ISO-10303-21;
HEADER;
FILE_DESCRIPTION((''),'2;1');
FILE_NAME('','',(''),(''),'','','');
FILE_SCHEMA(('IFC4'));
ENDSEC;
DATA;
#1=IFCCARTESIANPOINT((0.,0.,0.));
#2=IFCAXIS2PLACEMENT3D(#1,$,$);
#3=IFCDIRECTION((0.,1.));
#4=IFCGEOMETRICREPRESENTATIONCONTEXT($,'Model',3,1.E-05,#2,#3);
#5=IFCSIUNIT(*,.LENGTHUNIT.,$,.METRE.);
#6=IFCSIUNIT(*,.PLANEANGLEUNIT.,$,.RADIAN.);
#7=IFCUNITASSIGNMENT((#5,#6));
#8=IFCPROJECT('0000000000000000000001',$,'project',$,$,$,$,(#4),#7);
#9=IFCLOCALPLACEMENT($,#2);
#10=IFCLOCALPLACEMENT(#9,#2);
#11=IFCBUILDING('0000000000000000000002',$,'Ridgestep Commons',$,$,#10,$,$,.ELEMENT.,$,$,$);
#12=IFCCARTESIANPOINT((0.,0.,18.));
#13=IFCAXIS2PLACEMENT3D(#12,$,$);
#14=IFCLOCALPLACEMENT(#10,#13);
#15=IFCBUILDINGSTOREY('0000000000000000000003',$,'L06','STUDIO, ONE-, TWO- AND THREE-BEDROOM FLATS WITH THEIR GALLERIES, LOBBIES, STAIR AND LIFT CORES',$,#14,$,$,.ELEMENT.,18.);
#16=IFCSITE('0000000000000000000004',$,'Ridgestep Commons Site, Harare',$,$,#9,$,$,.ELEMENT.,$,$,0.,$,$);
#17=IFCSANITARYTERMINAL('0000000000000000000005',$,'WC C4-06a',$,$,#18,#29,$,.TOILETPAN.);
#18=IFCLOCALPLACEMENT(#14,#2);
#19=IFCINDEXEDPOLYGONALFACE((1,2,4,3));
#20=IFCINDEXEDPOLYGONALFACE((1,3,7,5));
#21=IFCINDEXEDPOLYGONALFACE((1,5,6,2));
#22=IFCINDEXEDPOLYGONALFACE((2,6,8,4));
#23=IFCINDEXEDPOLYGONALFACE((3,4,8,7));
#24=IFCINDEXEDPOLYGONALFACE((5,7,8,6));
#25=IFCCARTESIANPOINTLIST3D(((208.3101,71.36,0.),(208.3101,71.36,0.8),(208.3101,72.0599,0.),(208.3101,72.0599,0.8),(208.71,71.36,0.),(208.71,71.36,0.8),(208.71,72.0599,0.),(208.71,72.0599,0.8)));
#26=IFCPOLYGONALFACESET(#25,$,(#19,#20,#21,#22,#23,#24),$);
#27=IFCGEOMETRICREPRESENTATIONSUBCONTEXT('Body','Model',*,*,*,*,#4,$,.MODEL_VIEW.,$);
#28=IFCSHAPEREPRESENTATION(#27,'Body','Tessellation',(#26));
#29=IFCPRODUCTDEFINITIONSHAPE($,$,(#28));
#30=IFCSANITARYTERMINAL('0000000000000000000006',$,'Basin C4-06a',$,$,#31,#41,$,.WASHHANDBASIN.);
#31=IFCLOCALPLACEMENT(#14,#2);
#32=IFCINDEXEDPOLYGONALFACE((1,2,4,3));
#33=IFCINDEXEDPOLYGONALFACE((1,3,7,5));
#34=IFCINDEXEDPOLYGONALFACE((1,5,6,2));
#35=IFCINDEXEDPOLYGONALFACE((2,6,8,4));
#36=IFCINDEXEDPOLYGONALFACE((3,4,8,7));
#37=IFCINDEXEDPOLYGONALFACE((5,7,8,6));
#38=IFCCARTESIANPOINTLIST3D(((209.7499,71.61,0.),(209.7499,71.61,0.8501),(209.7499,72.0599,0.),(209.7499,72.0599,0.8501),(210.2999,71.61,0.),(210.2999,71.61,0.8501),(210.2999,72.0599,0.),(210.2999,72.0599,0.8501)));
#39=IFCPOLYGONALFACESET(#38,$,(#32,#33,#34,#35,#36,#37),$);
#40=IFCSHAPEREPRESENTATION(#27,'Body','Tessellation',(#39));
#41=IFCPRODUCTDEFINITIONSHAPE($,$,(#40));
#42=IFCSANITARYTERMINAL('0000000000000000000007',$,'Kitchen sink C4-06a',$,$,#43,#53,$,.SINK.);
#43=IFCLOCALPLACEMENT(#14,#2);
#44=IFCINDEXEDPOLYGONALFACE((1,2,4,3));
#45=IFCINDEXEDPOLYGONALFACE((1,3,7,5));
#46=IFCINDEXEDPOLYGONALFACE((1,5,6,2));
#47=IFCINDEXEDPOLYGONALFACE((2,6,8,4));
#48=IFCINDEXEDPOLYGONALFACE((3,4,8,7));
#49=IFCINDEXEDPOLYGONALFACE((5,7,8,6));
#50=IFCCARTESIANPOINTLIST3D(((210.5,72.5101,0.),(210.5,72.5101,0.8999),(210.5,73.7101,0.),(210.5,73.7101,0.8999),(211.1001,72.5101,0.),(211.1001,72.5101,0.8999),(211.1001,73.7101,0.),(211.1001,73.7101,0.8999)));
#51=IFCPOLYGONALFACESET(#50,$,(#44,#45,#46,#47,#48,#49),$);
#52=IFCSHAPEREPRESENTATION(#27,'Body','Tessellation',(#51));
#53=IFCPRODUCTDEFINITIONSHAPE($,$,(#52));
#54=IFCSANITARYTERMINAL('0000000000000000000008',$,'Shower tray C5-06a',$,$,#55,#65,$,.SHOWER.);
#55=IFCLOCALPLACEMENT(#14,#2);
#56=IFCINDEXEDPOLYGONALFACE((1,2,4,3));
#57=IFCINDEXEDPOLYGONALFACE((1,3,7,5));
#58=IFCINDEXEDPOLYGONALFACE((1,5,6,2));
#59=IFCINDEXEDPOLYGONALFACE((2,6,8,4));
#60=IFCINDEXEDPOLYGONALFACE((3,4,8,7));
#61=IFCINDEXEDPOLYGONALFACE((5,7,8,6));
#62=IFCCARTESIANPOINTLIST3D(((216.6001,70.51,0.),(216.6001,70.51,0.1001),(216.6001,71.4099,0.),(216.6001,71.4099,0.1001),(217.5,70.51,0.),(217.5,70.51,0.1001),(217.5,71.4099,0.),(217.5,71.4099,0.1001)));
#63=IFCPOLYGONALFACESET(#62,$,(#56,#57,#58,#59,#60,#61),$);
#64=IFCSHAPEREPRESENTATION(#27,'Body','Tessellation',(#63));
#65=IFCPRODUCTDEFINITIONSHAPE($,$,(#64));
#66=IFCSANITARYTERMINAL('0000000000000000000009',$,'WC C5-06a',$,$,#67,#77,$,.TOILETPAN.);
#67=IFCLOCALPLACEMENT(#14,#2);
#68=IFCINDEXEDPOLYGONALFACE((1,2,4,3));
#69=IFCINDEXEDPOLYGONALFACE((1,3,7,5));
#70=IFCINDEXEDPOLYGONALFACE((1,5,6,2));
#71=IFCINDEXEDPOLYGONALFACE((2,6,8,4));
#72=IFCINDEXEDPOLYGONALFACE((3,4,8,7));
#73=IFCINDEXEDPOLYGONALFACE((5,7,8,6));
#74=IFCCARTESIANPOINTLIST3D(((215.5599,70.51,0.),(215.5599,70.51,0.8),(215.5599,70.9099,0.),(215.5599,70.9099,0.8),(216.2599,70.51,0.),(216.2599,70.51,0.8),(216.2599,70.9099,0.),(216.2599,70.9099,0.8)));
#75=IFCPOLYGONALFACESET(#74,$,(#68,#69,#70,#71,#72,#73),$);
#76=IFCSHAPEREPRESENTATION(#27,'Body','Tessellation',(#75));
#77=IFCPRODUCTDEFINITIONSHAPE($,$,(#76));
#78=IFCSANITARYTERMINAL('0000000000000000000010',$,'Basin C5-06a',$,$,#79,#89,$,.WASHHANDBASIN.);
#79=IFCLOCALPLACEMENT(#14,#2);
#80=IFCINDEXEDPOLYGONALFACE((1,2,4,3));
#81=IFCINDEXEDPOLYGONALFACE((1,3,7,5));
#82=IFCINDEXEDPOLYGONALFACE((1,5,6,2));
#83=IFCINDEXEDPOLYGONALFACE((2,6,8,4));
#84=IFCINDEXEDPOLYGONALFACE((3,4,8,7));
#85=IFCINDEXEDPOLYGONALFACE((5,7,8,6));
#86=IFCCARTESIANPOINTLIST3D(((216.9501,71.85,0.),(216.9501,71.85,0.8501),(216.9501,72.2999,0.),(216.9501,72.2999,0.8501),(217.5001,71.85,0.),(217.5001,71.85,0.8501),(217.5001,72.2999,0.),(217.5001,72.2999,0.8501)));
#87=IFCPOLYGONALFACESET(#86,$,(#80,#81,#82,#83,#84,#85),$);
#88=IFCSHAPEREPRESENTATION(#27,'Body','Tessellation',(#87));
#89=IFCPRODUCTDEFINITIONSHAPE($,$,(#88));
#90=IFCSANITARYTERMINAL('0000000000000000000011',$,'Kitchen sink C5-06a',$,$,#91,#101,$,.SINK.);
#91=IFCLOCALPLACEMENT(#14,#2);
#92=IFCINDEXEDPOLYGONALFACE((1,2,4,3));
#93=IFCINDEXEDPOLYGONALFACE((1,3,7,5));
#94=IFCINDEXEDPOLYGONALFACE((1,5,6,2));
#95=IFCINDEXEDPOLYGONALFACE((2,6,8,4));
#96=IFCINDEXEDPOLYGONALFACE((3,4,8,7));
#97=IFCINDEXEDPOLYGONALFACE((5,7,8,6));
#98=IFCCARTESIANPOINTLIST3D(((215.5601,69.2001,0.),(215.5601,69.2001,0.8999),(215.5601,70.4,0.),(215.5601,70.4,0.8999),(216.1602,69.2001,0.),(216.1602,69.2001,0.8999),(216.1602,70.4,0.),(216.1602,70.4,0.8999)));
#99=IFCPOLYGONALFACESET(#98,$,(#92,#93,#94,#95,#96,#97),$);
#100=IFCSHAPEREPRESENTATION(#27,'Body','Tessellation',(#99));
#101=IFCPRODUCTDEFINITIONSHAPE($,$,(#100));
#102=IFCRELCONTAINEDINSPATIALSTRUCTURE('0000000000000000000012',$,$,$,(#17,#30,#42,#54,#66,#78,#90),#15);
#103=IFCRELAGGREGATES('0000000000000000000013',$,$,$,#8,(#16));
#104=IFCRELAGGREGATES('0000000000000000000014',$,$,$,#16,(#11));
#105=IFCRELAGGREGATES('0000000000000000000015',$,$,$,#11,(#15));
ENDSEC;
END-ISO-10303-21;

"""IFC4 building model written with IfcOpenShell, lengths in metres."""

from ifc_helpers import new_model, si_unit, direction, frame, origin, origin_2d, place, context, subcontext, project, spatial, rectangle, extrude, element, save


model = new_model("IFC4")

# Units and contexts
model_context = context("Model", 3, precision=1e-05, world=origin(), true_north=direction((0.0, 1.0)))
body_context = subcontext(model_context, "Body", "Model", "MODEL_VIEW")
ifc_project = project(units=[si_unit("LENGTHUNIT", "METRE"), si_unit("PLANEANGLEUNIT", "RADIAN")], contexts=[model_context])

# Site, building, storey
site_placement = place(None, origin())
site = spatial("IfcSite", under=ifc_project, at=site_placement, Name="Ridgestep Commons Site, Harare", CompositionType="ELEMENT", RefElevation=0.0)
building_placement = place(site_placement, origin())
building = spatial("IfcBuilding", under=site, at=building_placement, Name="Ridgestep Commons", CompositionType="ELEMENT")
storey_placement = place(building_placement, frame((0.0, 0.0, 18.0)))
storey = spatial("IfcBuildingStorey", under=building, at=storey_placement, Name="L06", Description="STUDIO, ONE-, TWO- AND THREE-BEDROOM FLATS WITH THEIR GALLERIES, LOBBIES, STAIR AND LIFT CORES", CompositionType="ELEMENT", Elevation=18.0)

# Sanitary terminals
sanitary_terminal_1_placement = place(storey_placement, frame((208.51, 71.71, 0.0), z_axis=(0.0, 0.0, 1.0), x_axis=(1.0, 0.0, 0.0)))
element("IfcSanitaryTerminal", 1, at=sanitary_terminal_1_placement, inside=storey, Name="WC C4-06a", PredefinedType="TOILETPAN", context=body_context, shape_type="SweptSolid", body=[
    extrude(rectangle(XDim=0.3999, YDim=0.7, at=origin_2d()), origin(), (0.0, 0.0, 1.0), 0.8),
])
sanitary_terminal_2_placement = place(storey_placement, frame((210.0249, 71.835, 0.0), z_axis=(0.0, 0.0, 1.0), x_axis=(1.0, 0.0, 0.0)))
element("IfcSanitaryTerminal", 2, at=sanitary_terminal_2_placement, inside=storey, Name="Basin C4-06a", PredefinedType="WASHHANDBASIN", context=body_context, shape_type="SweptSolid", body=[
    extrude(rectangle(XDim=0.55, YDim=0.45, at=origin_2d()), origin(), (0.0, 0.0, 1.0), 0.8501),
])
sanitary_terminal_3_placement = place(storey_placement, frame((210.8, 73.1101, 0.0), z_axis=(0.0, 0.0, 1.0), x_axis=(1.0, 0.0, 0.0)))
element("IfcSanitaryTerminal", 3, at=sanitary_terminal_3_placement, inside=storey, Name="Kitchen sink C4-06a", PredefinedType="SINK", context=body_context, shape_type="SweptSolid", body=[
    extrude(rectangle(XDim=0.6001, YDim=1.2, at=origin_2d()), origin(), (0.0, 0.0, 1.0), 0.8999),
])
sanitary_terminal_4_placement = place(storey_placement, frame((217.05, 70.96, 0.0), z_axis=(0.0, 0.0, 1.0), x_axis=(1.0, 0.0, 0.0)))
element("IfcSanitaryTerminal", 4, at=sanitary_terminal_4_placement, inside=storey, Name="Shower tray C5-06a", PredefinedType="SHOWER", context=body_context, shape_type="SweptSolid", body=[
    extrude(rectangle(XDim=0.8999, YDim=0.8999, at=origin_2d()), origin(), (0.0, 0.0, 1.0), 0.1001),
])
sanitary_terminal_5_placement = place(storey_placement, frame((215.9099, 70.71, 0.0), z_axis=(0.0, 0.0, 1.0), x_axis=(1.0, 0.0, 0.0)))
element("IfcSanitaryTerminal", 5, at=sanitary_terminal_5_placement, inside=storey, Name="WC C5-06a", PredefinedType="TOILETPAN", context=body_context, shape_type="SweptSolid", body=[
    extrude(rectangle(XDim=0.7, YDim=0.3999, at=origin_2d()), origin(), (0.0, 0.0, 1.0), 0.8),
])
sanitary_terminal_6_placement = place(storey_placement, frame((217.2251, 72.075, 0.0), z_axis=(0.0, 0.0, 1.0), x_axis=(1.0, 0.0, 0.0)))
element("IfcSanitaryTerminal", 6, at=sanitary_terminal_6_placement, inside=storey, Name="Basin C5-06a", PredefinedType="WASHHANDBASIN", context=body_context, shape_type="SweptSolid", body=[
    extrude(rectangle(XDim=0.55, YDim=0.45, at=origin_2d()), origin(), (0.0, 0.0, 1.0), 0.8501),
])
sanitary_terminal_7_placement = place(storey_placement, frame((215.8601, 69.8, 0.0), z_axis=(0.0, 0.0, 1.0), x_axis=(1.0, 0.0, 0.0)))
element("IfcSanitaryTerminal", 7, at=sanitary_terminal_7_placement, inside=storey, Name="Kitchen sink C5-06a", PredefinedType="SINK", context=body_context, shape_type="SweptSolid", body=[
    extrude(rectangle(XDim=0.6001, YDim=1.2, at=origin_2d()), origin(), (0.0, 0.0, 1.0), 0.8999),
])

save(model, "model.ifc")
